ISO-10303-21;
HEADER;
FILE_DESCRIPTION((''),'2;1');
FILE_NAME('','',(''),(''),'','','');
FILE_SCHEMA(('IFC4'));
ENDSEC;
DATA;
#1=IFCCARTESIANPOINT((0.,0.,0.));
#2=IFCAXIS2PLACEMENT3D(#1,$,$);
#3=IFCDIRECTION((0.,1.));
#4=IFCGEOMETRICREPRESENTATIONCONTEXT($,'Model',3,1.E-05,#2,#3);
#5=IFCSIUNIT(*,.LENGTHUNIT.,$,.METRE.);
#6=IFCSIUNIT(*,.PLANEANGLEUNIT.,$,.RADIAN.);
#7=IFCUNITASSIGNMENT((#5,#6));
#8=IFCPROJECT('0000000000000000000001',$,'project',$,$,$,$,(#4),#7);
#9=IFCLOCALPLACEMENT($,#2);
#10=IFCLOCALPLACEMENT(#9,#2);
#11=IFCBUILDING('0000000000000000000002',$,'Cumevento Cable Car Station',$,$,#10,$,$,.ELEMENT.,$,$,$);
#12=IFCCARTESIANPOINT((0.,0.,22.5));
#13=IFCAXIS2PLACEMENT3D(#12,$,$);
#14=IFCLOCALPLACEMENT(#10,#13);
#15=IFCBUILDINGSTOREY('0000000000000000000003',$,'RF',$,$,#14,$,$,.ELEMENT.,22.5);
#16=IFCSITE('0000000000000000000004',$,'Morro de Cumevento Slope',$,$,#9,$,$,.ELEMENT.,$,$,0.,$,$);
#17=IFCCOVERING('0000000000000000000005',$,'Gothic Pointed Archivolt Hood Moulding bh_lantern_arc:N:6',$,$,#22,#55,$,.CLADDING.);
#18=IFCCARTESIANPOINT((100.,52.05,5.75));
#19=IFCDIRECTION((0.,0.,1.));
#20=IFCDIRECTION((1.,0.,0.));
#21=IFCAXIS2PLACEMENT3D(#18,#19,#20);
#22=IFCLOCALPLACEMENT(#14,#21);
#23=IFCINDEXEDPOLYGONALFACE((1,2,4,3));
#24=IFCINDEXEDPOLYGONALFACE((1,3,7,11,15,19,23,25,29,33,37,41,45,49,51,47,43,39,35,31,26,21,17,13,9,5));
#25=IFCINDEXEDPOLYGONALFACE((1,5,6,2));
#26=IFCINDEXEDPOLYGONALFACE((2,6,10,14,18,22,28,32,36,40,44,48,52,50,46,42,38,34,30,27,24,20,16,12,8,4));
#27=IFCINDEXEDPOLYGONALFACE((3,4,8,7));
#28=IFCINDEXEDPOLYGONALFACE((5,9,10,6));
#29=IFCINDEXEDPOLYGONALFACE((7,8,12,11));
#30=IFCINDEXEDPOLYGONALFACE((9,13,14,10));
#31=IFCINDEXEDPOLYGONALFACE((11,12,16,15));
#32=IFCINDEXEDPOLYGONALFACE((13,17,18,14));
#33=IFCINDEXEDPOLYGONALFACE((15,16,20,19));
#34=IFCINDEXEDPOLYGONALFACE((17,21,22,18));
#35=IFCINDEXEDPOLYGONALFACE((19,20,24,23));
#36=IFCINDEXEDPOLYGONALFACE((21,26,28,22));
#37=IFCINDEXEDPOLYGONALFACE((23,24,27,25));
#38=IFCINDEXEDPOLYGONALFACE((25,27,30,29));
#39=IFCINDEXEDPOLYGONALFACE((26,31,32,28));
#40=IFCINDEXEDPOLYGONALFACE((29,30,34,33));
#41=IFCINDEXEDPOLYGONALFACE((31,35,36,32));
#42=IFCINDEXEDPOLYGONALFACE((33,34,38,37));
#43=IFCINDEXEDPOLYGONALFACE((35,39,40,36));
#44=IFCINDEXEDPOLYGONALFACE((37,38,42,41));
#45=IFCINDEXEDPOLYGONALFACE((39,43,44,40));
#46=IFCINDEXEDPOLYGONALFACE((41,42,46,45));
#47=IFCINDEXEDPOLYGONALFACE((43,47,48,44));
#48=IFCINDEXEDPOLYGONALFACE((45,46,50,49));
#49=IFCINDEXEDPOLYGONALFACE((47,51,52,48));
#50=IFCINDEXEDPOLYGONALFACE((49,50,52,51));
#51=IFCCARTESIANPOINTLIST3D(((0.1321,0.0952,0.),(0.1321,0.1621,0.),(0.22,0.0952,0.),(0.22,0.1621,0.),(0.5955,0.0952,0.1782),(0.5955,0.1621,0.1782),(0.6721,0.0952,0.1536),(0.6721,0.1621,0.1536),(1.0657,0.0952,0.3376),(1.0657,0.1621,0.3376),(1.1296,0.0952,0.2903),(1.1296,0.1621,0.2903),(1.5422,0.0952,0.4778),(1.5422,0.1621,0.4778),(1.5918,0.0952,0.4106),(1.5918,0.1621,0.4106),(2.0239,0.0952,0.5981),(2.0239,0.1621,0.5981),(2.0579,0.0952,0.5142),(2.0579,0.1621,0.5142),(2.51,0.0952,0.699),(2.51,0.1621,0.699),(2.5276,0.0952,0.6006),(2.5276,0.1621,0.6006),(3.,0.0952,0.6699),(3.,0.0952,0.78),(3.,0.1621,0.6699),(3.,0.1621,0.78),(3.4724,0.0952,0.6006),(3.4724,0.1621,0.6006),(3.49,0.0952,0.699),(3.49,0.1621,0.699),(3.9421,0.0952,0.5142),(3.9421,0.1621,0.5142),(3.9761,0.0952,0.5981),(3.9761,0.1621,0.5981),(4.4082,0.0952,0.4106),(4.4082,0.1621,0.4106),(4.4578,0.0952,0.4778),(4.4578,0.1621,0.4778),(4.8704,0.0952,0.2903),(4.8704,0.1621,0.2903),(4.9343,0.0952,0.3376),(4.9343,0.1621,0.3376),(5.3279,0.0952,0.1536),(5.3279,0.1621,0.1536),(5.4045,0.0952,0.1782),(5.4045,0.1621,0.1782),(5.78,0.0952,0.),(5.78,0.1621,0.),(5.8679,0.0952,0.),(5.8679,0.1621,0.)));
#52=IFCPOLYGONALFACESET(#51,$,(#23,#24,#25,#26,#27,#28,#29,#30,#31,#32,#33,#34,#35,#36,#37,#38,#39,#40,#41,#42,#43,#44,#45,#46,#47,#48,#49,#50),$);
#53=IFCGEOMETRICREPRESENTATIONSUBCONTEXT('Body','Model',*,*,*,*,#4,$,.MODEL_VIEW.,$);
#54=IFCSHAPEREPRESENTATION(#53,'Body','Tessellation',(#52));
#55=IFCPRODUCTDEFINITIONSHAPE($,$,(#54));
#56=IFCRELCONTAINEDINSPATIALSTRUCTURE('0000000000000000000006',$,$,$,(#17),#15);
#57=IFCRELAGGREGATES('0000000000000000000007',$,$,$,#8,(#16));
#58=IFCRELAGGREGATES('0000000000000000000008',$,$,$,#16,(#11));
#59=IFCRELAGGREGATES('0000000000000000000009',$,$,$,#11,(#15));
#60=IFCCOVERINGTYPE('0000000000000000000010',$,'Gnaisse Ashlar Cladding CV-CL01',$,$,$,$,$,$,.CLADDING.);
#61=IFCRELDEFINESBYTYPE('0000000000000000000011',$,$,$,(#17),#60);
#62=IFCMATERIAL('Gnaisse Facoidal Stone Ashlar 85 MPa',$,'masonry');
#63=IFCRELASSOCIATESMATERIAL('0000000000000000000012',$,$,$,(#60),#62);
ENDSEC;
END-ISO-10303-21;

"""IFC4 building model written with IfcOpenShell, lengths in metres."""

from ifc_helpers import new_model, si_unit, direction, frame, origin, place, context, subcontext, project, spatial, polyline, outline, extrude, material, type_object, element, save


model = new_model("IFC4")

# Units and contexts
model_context = context("Model", 3, precision=1e-05, world=origin(), true_north=direction((0.0, 1.0)))
body_context = subcontext(model_context, "Body", "Model", "MODEL_VIEW")
ifc_project = project(units=[si_unit("LENGTHUNIT", "METRE"), si_unit("PLANEANGLEUNIT", "RADIAN")], contexts=[model_context])

# Site, building, storey
site_placement = place(None, origin())
site = spatial("IfcSite", under=ifc_project, at=site_placement, Name="Morro de Cumevento Slope", CompositionType="ELEMENT", RefElevation=0.0)
building_placement = place(site_placement, origin())
building = spatial("IfcBuilding", under=site, at=building_placement, Name="Cumevento Cable Car Station", CompositionType="ELEMENT")
storey_placement = place(building_placement, frame((0.0, 0.0, 22.5)))
storey = spatial("IfcBuildingStorey", under=building, at=storey_placement, Name="RF", CompositionType="ELEMENT", Elevation=22.5)

# Covering
ifc_material_1 = material(Name="Gnaisse Facoidal Stone Ashlar 85 MPa", Category="masonry")
covering_type_1 = type_object("IfcCoveringType", Name="Gnaisse Ashlar Cladding CV-CL01", PredefinedType="CLADDING", material=ifc_material_1)
covering_1_placement = place(storey_placement, frame((100.0, 52.05, 5.75), z_axis=(0.0, 0.0, 1.0), x_axis=(1.0, 0.0, 0.0)))
element("IfcCovering", 1, at=covering_1_placement, inside=storey, type_object=covering_type_1, Name="Gothic Pointed Archivolt Hood Moulding bh_lantern_arc:N:6", PredefinedType="CLADDING", context=body_context, shape_type="SweptSolid", body=[
    extrude(outline(polyline([(0.22, 0.0), (0.6721, 0.1536), (1.1296, 0.2903), (1.5918, 0.4106), (2.0579, 0.5142), (2.5276, 0.6006), (3.0, 0.6699), (3.4724, 0.6006), (3.9421, 0.5142), (4.4082, 0.4106), (4.8704, 0.2903), (5.3279, 0.1536), (5.78, 0.0), (5.8679, 0.0), (5.4045, 0.1782), (4.9343, 0.3376), (4.4578, 0.4778), (3.9761, 0.5981), (3.49, 0.699), (3.0, 0.78), (2.51, 0.699), (2.0239, 0.5981), (1.5422, 0.4778), (1.0657, 0.3376), (0.5955, 0.1782), (0.1321, 0.0), (0.22, 0.0)])), frame((0.0, 0.1621, 0.0), z_axis=(0.0, -1.0, 0.0), x_axis=(1.0, 0.0, 0.0)), (0.0, 0.0, 1.0), 0.0669),
])

save(model, "model.ifc")
